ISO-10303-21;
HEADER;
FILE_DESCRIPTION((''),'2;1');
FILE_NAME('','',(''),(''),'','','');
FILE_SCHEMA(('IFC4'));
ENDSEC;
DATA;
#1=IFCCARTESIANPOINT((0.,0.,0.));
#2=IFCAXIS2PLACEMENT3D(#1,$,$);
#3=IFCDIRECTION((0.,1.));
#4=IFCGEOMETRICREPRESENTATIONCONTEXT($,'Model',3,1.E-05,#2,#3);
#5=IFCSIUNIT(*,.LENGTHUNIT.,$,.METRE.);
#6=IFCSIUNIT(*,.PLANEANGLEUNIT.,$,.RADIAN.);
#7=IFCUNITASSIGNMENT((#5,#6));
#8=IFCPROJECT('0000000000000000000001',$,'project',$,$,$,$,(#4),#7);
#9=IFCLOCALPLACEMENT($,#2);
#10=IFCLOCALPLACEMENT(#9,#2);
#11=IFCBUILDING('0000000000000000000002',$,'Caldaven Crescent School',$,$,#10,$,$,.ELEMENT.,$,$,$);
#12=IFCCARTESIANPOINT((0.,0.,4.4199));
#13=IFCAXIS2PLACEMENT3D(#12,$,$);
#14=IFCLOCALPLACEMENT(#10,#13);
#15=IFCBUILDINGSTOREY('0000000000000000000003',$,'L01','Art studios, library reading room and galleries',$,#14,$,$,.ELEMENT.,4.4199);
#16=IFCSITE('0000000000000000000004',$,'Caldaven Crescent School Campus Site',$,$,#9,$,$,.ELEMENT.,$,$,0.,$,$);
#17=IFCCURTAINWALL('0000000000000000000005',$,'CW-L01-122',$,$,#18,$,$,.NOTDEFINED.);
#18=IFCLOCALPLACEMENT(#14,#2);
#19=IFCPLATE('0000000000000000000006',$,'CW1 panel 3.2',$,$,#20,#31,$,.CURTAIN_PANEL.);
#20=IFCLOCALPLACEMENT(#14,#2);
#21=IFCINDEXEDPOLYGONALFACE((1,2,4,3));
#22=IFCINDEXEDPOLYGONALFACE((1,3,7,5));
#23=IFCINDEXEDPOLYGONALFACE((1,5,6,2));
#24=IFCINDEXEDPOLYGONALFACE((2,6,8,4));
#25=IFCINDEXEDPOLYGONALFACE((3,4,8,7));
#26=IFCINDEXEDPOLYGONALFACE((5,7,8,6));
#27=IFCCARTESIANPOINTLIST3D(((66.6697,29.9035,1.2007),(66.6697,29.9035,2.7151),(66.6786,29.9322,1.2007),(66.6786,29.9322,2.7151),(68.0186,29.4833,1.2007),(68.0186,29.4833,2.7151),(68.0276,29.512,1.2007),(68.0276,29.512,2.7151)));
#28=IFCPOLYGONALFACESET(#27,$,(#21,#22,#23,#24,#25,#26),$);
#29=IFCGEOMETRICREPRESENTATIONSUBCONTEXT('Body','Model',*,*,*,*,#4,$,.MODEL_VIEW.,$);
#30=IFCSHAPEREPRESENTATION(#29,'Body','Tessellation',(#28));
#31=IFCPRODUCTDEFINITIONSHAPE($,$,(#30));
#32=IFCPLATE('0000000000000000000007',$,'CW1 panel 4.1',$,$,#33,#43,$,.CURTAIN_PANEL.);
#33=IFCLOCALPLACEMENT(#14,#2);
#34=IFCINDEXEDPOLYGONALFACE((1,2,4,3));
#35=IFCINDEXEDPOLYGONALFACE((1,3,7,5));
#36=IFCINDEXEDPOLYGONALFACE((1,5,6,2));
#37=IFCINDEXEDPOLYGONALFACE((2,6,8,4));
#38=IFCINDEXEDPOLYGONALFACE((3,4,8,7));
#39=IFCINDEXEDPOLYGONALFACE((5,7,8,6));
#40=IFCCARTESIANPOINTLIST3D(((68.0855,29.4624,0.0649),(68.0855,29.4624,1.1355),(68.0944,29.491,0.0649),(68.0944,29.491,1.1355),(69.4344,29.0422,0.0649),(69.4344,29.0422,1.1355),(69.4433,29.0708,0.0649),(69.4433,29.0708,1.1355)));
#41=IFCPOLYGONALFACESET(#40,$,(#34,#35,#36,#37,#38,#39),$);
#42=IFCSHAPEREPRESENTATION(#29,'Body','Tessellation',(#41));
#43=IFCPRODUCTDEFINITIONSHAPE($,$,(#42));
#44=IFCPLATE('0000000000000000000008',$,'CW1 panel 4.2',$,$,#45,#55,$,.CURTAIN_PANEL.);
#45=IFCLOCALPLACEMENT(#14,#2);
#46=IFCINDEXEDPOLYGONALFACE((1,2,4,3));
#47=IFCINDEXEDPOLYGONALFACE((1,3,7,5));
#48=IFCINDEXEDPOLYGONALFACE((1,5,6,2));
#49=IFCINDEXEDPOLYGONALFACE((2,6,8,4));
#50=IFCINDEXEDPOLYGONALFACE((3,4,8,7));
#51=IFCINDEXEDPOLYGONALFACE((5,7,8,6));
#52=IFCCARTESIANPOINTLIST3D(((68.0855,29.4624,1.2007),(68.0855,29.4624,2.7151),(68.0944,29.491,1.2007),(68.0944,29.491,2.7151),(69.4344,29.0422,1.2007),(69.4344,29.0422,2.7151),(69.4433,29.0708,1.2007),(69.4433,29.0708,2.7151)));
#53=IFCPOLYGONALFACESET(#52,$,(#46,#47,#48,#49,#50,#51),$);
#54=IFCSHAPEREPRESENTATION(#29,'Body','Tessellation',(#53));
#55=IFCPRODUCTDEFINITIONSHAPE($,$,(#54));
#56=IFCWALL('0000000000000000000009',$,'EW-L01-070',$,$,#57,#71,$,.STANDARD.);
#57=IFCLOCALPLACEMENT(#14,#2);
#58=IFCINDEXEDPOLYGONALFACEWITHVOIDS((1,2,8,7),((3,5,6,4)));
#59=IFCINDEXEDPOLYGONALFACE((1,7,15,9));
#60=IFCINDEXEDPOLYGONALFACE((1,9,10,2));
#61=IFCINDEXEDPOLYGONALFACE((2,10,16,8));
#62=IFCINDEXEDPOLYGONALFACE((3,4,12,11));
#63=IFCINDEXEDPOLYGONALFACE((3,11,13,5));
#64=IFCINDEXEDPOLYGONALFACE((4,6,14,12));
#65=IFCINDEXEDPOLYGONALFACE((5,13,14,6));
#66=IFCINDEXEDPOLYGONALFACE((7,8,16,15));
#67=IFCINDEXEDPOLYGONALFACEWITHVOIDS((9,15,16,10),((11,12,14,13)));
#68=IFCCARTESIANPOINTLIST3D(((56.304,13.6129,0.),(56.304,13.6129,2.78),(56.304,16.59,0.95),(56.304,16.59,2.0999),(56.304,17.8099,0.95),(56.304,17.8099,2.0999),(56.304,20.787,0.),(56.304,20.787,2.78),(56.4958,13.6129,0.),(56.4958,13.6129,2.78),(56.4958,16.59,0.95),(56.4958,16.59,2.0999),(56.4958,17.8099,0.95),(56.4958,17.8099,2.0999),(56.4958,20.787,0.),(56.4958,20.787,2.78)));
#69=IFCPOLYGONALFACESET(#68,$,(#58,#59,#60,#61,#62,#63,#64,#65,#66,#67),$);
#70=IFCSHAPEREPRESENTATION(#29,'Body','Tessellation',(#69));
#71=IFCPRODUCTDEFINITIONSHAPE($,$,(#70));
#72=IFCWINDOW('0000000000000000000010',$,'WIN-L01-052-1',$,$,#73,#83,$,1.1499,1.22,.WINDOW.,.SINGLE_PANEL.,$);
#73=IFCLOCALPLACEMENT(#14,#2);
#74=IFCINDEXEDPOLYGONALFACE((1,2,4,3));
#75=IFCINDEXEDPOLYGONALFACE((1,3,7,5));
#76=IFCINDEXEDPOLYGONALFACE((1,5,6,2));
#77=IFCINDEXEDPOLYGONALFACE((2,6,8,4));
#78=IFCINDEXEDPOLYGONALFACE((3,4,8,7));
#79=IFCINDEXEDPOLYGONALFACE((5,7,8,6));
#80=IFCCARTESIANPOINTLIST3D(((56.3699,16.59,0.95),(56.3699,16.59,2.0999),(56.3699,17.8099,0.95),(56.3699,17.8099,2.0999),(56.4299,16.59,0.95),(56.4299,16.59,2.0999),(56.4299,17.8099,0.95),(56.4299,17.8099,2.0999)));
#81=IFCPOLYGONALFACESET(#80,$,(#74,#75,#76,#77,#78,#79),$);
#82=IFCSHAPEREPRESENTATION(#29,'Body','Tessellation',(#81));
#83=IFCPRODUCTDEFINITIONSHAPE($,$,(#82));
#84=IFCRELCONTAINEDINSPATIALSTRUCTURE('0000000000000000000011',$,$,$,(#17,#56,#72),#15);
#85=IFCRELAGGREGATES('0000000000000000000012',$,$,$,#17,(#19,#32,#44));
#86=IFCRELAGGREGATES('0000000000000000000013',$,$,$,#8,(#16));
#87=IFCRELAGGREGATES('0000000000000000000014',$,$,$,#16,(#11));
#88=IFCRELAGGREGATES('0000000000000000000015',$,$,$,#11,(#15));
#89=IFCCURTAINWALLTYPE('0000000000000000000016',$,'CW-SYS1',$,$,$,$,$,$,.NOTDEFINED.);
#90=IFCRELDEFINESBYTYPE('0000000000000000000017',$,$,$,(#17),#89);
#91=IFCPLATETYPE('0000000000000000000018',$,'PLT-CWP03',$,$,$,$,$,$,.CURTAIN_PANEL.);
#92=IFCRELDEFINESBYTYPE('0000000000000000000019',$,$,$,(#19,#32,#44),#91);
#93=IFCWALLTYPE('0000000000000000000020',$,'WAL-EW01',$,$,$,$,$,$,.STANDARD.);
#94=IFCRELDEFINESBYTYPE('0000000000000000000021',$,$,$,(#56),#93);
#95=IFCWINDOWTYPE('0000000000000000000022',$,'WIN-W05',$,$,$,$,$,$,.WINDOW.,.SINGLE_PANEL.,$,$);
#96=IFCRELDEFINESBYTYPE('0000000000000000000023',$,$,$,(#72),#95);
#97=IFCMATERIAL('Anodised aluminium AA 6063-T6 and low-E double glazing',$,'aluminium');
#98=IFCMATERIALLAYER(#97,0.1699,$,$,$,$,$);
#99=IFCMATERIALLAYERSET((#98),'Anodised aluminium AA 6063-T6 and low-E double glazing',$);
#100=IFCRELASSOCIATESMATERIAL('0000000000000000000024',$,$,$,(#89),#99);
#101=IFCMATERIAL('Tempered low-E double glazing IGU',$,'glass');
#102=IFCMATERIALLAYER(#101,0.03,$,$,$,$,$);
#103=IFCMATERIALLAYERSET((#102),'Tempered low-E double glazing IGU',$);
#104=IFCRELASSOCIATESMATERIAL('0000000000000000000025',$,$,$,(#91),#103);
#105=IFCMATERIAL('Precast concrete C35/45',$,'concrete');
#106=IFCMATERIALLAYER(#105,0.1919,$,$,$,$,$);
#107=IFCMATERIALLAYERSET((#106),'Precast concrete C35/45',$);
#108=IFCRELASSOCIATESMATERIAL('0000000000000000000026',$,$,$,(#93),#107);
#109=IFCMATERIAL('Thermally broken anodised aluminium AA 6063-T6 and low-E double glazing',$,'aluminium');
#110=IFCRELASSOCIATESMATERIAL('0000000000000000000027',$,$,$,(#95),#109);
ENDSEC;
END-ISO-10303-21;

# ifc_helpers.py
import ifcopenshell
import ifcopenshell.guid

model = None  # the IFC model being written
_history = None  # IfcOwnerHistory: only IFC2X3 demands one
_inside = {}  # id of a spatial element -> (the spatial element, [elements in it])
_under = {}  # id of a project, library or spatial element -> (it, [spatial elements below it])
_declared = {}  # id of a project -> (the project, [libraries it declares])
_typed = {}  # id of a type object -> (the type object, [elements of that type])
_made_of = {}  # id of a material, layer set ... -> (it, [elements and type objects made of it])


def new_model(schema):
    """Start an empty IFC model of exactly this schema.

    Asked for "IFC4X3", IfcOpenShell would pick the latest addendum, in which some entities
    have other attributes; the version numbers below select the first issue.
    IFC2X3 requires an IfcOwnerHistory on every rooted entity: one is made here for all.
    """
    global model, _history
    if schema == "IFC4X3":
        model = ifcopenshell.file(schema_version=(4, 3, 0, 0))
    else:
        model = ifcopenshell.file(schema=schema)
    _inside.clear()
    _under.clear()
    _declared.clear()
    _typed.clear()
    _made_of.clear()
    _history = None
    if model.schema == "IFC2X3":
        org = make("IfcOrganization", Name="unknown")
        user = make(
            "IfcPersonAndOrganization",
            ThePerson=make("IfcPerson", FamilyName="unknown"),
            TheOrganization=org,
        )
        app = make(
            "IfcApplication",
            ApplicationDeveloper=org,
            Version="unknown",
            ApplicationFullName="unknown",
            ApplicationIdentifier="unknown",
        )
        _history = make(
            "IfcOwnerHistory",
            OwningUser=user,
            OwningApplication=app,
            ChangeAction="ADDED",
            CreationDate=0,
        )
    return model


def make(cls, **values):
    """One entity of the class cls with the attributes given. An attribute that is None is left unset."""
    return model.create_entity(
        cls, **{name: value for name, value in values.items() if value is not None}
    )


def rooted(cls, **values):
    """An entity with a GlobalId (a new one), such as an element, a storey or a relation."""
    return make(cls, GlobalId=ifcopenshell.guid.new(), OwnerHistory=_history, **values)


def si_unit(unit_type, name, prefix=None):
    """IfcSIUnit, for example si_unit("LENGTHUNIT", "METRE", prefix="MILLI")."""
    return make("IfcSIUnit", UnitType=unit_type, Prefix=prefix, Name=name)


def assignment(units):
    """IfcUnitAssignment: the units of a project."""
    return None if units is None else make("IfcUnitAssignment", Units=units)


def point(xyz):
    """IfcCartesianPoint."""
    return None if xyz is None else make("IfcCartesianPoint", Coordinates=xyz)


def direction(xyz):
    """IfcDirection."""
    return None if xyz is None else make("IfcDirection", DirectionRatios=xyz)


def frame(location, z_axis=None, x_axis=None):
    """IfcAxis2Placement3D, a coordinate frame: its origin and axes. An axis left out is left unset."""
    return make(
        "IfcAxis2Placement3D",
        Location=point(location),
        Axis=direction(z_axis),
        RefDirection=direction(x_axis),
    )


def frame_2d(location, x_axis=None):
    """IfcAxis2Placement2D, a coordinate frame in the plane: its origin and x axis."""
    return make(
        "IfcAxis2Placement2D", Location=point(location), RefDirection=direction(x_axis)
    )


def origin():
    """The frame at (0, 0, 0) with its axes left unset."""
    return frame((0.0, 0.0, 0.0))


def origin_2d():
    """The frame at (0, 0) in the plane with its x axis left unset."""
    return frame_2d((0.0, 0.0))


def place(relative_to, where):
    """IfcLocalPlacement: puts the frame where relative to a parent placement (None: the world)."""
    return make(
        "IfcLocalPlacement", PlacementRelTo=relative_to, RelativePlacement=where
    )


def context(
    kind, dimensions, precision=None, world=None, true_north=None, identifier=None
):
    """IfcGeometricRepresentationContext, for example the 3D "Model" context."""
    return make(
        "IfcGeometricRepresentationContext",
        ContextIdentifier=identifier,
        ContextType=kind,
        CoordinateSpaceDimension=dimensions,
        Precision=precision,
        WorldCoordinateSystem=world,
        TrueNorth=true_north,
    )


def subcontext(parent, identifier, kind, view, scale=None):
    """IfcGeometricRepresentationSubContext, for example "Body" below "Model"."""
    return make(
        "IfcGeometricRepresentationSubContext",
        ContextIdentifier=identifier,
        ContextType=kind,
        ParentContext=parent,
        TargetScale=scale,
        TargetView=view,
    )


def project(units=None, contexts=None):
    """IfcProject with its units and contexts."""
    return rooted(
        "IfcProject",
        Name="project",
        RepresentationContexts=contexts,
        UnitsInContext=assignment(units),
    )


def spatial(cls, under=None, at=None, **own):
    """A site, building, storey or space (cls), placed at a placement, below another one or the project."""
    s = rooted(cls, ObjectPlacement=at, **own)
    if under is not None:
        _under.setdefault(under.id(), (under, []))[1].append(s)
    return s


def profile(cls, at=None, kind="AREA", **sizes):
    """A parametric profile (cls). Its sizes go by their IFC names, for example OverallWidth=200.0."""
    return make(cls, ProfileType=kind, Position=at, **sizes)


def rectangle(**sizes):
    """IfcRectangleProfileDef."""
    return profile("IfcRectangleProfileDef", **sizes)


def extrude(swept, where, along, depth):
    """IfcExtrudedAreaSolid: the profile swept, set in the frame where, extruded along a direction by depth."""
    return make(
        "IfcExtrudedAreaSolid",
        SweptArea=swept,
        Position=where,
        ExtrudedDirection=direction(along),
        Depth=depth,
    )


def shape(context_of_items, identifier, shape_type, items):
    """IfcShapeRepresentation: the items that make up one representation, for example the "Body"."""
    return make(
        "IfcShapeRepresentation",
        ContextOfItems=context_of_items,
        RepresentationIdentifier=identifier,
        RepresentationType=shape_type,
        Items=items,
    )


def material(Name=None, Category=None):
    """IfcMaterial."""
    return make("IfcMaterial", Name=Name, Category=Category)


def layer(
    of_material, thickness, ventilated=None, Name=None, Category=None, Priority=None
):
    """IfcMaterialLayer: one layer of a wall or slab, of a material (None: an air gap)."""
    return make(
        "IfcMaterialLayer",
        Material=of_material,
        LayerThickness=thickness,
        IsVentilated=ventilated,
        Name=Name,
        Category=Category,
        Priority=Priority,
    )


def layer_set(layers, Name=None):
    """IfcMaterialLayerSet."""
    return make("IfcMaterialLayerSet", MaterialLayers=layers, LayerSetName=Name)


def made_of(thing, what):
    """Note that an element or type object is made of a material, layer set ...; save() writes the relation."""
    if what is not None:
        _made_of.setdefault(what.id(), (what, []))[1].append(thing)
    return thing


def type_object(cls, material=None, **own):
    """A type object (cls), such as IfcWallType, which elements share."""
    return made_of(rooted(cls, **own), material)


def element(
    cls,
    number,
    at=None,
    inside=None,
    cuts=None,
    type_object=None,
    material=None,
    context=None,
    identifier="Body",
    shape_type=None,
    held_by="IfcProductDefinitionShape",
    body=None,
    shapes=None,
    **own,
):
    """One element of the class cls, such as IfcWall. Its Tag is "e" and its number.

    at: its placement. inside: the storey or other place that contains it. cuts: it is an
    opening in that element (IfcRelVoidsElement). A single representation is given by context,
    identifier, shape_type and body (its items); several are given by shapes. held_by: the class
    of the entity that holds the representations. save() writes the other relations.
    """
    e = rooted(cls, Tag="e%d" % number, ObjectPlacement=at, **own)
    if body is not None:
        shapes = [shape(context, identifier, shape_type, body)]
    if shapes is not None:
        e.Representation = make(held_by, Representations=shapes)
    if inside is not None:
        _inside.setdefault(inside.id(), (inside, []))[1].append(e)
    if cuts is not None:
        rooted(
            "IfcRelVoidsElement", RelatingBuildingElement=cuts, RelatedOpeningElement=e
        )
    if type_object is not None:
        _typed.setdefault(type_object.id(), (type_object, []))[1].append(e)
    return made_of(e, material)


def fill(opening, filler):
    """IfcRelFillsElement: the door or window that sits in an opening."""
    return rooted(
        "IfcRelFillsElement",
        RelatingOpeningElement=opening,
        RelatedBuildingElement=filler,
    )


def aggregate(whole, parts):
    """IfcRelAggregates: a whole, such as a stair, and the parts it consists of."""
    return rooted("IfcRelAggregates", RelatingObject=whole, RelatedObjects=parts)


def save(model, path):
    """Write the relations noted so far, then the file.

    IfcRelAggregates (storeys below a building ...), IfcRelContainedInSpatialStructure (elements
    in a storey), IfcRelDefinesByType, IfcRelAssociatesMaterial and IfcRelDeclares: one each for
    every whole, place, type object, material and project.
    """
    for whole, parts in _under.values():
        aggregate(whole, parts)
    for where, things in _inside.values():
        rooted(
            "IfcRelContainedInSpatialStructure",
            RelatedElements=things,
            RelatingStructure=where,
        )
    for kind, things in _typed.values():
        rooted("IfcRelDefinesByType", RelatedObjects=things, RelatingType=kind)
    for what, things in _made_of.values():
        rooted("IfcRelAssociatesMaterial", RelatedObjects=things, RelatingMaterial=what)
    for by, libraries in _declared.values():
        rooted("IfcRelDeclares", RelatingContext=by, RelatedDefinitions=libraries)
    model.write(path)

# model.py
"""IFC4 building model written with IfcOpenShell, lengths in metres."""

from ifc_helpers import new_model, si_unit, direction, frame, frame_2d, origin, origin_2d, place, context, subcontext, project, spatial, rectangle, extrude, material, layer, layer_set, type_object, element, fill, aggregate, save


model = new_model("IFC4")

# Units and contexts
model_context = context("Model", 3, precision=1e-05, world=origin(), true_north=direction((0.0, 1.0)))
body_context = subcontext(model_context, "Body", "Model", "MODEL_VIEW")
ifc_project = project(units=[si_unit("LENGTHUNIT", "METRE"), si_unit("PLANEANGLEUNIT", "RADIAN")], contexts=[model_context])

# Site, building, storey
site_placement = place(None, origin())
site = spatial("IfcSite", under=ifc_project, at=site_placement, Name="Caldaven Crescent School Campus Site", CompositionType="ELEMENT", RefElevation=0.0)
building_placement = place(site_placement, origin())
building = spatial("IfcBuilding", under=site, at=building_placement, Name="Caldaven Crescent School", CompositionType="ELEMENT")
storey_placement = place(building_placement, frame((0.0, 0.0, 4.4199)))
storey = spatial("IfcBuildingStorey", under=building, at=storey_placement, Name="L01", Description="Art studios, library reading room and galleries", CompositionType="ELEMENT", Elevation=4.4199)

# Curtain wall, plates
ifc_material_1 = material(Name="Anodised aluminium AA 6063-T6 and low-E double glazing", Category="aluminium")
ifc_layer_1 = layer(ifc_material_1, 0.1699)
ifc_layer_set_1 = layer_set([ifc_layer_1], Name="Anodised aluminium AA 6063-T6 and low-E double glazing")
curtain_wall_type = type_object("IfcCurtainWallType", Name="CW-SYS1", PredefinedType="NOTDEFINED", material=ifc_layer_set_1)
curtain_wall_placement = place(storey_placement, origin())
curtain_wall = element("IfcCurtainWall", 1, at=curtain_wall_placement, inside=storey, type_object=curtain_wall_type, Name="CW-L01-122", PredefinedType="NOTDEFINED")
ifc_material_2 = material(Name="Tempered low-E double glazing IGU", Category="glass")
ifc_layer_2 = layer(ifc_material_2, 0.03)
ifc_layer_set_2 = layer_set([ifc_layer_2], Name="Tempered low-E double glazing IGU")
plate_type = type_object("IfcPlateType", Name="PLT-CWP03", PredefinedType="CURTAIN_PANEL", material=ifc_layer_set_2)
plate_1_placement = place(storey_placement, frame((67.3486, 29.7078, 1.2007), z_axis=(0.0, 0.0, 1.0), x_axis=(0.954747, -0.29742, 0.0)))
plate_1 = element("IfcPlate", 2, at=plate_1_placement, type_object=plate_type, Name="CW1 panel 3.2", PredefinedType="CURTAIN_PANEL", context=body_context, shape_type="SweptSolid", body=[
    extrude(rectangle(XDim=1.4128, YDim=0.03, at=origin_2d()), origin(), (0.0, 0.0, 1.0), 1.5144),
])
plate_2_placement = place(storey_placement, frame((68.7644, 29.2666, 0.0649), z_axis=(0.0, 0.0, 1.0), x_axis=(0.954747, -0.29742, 0.0)))
plate_2 = element("IfcPlate", 3, at=plate_2_placement, type_object=plate_type, Name="CW1 panel 4.1", PredefinedType="CURTAIN_PANEL", context=body_context, shape_type="SweptSolid", body=[
    extrude(rectangle(XDim=1.4128, YDim=0.03, at=origin_2d()), origin(), (0.0, 0.0, 1.0), 1.0706),
])
plate_3_placement = place(storey_placement, frame((68.7644, 29.2666, 1.2007), z_axis=(0.0, 0.0, 1.0), x_axis=(0.954747, -0.29742, 0.0)))
plate_3 = element("IfcPlate", 4, at=plate_3_placement, type_object=plate_type, Name="CW1 panel 4.2", PredefinedType="CURTAIN_PANEL", context=body_context, shape_type="SweptSolid", body=[
    extrude(rectangle(XDim=1.4128, YDim=0.03, at=origin_2d()), origin(), (0.0, 0.0, 1.0), 1.5144),
])
aggregate(curtain_wall, [plate_1, plate_2, plate_3])

# Wall, opening, window
ifc_material_3 = material(Name="Precast concrete C35/45", Category="concrete")
ifc_layer_3 = layer(ifc_material_3, 0.1919)
ifc_layer_set_3 = layer_set([ifc_layer_3], Name="Precast concrete C35/45")
wall_type = type_object("IfcWallType", Name="WAL-EW01", PredefinedType="STANDARD", material=ifc_layer_set_3)
wall_placement = place(storey_placement, frame((56.3999, 13.613, 0.0), z_axis=(0.0, 0.0, 1.0), x_axis=(0.0, 1.0, 0.0)))
wall = element("IfcWall", 5, at=wall_placement, inside=storey, type_object=wall_type, Name="EW-L01-070", PredefinedType="STANDARD", context=body_context, shape_type="SweptSolid", body=[
    extrude(rectangle(XDim=7.1741, YDim=0.1919, at=frame_2d((3.5869, 0.0))), origin(), (0.0, 0.0, 1.0), 2.78),
])
opening_placement = place(wall_placement, frame((2.9771, 0.0, 0.95)))
opening = element("IfcOpeningElement", 6, at=opening_placement, cuts=wall, PredefinedType="OPENING", context=body_context, shape_type="SweptSolid", body=[
    extrude(rectangle(XDim=1.22, YDim=1.1499, at=frame_2d((0.6099, 0.575))), frame((0.0, 0.106, 0.0), z_axis=(0.0, -1.0, 0.0), x_axis=(1.0, 0.0, 0.0)), (0.0, 0.0, 1.0), 0.2119),
])
ifc_material_4 = material(Name="Thermally broken anodised aluminium AA 6063-T6 and low-E double glazing", Category="aluminium")
window_type = type_object("IfcWindowType", Name="WIN-W05", PartitioningType="SINGLE_PANEL", PredefinedType="WINDOW", material=ifc_material_4)
window_placement = place(opening_placement, origin())
window = element("IfcWindow", 7, at=window_placement, inside=storey, type_object=window_type, Name="WIN-L01-052-1", OverallHeight=1.1499, OverallWidth=1.22, PartitioningType="SINGLE_PANEL", PredefinedType="WINDOW", context=body_context, shape_type="SweptSolid", body=[
    extrude(rectangle(XDim=1.22, YDim=1.1499, at=frame_2d((0.6099, 0.575))), frame((0.0, 0.03, 0.0), z_axis=(0.0, -1.0, 0.0), x_axis=(1.0, 0.0, 0.0)), (0.0, 0.0, 1.0), 0.0601),
])
fill(opening, window)

save(model, "model.ifc")
